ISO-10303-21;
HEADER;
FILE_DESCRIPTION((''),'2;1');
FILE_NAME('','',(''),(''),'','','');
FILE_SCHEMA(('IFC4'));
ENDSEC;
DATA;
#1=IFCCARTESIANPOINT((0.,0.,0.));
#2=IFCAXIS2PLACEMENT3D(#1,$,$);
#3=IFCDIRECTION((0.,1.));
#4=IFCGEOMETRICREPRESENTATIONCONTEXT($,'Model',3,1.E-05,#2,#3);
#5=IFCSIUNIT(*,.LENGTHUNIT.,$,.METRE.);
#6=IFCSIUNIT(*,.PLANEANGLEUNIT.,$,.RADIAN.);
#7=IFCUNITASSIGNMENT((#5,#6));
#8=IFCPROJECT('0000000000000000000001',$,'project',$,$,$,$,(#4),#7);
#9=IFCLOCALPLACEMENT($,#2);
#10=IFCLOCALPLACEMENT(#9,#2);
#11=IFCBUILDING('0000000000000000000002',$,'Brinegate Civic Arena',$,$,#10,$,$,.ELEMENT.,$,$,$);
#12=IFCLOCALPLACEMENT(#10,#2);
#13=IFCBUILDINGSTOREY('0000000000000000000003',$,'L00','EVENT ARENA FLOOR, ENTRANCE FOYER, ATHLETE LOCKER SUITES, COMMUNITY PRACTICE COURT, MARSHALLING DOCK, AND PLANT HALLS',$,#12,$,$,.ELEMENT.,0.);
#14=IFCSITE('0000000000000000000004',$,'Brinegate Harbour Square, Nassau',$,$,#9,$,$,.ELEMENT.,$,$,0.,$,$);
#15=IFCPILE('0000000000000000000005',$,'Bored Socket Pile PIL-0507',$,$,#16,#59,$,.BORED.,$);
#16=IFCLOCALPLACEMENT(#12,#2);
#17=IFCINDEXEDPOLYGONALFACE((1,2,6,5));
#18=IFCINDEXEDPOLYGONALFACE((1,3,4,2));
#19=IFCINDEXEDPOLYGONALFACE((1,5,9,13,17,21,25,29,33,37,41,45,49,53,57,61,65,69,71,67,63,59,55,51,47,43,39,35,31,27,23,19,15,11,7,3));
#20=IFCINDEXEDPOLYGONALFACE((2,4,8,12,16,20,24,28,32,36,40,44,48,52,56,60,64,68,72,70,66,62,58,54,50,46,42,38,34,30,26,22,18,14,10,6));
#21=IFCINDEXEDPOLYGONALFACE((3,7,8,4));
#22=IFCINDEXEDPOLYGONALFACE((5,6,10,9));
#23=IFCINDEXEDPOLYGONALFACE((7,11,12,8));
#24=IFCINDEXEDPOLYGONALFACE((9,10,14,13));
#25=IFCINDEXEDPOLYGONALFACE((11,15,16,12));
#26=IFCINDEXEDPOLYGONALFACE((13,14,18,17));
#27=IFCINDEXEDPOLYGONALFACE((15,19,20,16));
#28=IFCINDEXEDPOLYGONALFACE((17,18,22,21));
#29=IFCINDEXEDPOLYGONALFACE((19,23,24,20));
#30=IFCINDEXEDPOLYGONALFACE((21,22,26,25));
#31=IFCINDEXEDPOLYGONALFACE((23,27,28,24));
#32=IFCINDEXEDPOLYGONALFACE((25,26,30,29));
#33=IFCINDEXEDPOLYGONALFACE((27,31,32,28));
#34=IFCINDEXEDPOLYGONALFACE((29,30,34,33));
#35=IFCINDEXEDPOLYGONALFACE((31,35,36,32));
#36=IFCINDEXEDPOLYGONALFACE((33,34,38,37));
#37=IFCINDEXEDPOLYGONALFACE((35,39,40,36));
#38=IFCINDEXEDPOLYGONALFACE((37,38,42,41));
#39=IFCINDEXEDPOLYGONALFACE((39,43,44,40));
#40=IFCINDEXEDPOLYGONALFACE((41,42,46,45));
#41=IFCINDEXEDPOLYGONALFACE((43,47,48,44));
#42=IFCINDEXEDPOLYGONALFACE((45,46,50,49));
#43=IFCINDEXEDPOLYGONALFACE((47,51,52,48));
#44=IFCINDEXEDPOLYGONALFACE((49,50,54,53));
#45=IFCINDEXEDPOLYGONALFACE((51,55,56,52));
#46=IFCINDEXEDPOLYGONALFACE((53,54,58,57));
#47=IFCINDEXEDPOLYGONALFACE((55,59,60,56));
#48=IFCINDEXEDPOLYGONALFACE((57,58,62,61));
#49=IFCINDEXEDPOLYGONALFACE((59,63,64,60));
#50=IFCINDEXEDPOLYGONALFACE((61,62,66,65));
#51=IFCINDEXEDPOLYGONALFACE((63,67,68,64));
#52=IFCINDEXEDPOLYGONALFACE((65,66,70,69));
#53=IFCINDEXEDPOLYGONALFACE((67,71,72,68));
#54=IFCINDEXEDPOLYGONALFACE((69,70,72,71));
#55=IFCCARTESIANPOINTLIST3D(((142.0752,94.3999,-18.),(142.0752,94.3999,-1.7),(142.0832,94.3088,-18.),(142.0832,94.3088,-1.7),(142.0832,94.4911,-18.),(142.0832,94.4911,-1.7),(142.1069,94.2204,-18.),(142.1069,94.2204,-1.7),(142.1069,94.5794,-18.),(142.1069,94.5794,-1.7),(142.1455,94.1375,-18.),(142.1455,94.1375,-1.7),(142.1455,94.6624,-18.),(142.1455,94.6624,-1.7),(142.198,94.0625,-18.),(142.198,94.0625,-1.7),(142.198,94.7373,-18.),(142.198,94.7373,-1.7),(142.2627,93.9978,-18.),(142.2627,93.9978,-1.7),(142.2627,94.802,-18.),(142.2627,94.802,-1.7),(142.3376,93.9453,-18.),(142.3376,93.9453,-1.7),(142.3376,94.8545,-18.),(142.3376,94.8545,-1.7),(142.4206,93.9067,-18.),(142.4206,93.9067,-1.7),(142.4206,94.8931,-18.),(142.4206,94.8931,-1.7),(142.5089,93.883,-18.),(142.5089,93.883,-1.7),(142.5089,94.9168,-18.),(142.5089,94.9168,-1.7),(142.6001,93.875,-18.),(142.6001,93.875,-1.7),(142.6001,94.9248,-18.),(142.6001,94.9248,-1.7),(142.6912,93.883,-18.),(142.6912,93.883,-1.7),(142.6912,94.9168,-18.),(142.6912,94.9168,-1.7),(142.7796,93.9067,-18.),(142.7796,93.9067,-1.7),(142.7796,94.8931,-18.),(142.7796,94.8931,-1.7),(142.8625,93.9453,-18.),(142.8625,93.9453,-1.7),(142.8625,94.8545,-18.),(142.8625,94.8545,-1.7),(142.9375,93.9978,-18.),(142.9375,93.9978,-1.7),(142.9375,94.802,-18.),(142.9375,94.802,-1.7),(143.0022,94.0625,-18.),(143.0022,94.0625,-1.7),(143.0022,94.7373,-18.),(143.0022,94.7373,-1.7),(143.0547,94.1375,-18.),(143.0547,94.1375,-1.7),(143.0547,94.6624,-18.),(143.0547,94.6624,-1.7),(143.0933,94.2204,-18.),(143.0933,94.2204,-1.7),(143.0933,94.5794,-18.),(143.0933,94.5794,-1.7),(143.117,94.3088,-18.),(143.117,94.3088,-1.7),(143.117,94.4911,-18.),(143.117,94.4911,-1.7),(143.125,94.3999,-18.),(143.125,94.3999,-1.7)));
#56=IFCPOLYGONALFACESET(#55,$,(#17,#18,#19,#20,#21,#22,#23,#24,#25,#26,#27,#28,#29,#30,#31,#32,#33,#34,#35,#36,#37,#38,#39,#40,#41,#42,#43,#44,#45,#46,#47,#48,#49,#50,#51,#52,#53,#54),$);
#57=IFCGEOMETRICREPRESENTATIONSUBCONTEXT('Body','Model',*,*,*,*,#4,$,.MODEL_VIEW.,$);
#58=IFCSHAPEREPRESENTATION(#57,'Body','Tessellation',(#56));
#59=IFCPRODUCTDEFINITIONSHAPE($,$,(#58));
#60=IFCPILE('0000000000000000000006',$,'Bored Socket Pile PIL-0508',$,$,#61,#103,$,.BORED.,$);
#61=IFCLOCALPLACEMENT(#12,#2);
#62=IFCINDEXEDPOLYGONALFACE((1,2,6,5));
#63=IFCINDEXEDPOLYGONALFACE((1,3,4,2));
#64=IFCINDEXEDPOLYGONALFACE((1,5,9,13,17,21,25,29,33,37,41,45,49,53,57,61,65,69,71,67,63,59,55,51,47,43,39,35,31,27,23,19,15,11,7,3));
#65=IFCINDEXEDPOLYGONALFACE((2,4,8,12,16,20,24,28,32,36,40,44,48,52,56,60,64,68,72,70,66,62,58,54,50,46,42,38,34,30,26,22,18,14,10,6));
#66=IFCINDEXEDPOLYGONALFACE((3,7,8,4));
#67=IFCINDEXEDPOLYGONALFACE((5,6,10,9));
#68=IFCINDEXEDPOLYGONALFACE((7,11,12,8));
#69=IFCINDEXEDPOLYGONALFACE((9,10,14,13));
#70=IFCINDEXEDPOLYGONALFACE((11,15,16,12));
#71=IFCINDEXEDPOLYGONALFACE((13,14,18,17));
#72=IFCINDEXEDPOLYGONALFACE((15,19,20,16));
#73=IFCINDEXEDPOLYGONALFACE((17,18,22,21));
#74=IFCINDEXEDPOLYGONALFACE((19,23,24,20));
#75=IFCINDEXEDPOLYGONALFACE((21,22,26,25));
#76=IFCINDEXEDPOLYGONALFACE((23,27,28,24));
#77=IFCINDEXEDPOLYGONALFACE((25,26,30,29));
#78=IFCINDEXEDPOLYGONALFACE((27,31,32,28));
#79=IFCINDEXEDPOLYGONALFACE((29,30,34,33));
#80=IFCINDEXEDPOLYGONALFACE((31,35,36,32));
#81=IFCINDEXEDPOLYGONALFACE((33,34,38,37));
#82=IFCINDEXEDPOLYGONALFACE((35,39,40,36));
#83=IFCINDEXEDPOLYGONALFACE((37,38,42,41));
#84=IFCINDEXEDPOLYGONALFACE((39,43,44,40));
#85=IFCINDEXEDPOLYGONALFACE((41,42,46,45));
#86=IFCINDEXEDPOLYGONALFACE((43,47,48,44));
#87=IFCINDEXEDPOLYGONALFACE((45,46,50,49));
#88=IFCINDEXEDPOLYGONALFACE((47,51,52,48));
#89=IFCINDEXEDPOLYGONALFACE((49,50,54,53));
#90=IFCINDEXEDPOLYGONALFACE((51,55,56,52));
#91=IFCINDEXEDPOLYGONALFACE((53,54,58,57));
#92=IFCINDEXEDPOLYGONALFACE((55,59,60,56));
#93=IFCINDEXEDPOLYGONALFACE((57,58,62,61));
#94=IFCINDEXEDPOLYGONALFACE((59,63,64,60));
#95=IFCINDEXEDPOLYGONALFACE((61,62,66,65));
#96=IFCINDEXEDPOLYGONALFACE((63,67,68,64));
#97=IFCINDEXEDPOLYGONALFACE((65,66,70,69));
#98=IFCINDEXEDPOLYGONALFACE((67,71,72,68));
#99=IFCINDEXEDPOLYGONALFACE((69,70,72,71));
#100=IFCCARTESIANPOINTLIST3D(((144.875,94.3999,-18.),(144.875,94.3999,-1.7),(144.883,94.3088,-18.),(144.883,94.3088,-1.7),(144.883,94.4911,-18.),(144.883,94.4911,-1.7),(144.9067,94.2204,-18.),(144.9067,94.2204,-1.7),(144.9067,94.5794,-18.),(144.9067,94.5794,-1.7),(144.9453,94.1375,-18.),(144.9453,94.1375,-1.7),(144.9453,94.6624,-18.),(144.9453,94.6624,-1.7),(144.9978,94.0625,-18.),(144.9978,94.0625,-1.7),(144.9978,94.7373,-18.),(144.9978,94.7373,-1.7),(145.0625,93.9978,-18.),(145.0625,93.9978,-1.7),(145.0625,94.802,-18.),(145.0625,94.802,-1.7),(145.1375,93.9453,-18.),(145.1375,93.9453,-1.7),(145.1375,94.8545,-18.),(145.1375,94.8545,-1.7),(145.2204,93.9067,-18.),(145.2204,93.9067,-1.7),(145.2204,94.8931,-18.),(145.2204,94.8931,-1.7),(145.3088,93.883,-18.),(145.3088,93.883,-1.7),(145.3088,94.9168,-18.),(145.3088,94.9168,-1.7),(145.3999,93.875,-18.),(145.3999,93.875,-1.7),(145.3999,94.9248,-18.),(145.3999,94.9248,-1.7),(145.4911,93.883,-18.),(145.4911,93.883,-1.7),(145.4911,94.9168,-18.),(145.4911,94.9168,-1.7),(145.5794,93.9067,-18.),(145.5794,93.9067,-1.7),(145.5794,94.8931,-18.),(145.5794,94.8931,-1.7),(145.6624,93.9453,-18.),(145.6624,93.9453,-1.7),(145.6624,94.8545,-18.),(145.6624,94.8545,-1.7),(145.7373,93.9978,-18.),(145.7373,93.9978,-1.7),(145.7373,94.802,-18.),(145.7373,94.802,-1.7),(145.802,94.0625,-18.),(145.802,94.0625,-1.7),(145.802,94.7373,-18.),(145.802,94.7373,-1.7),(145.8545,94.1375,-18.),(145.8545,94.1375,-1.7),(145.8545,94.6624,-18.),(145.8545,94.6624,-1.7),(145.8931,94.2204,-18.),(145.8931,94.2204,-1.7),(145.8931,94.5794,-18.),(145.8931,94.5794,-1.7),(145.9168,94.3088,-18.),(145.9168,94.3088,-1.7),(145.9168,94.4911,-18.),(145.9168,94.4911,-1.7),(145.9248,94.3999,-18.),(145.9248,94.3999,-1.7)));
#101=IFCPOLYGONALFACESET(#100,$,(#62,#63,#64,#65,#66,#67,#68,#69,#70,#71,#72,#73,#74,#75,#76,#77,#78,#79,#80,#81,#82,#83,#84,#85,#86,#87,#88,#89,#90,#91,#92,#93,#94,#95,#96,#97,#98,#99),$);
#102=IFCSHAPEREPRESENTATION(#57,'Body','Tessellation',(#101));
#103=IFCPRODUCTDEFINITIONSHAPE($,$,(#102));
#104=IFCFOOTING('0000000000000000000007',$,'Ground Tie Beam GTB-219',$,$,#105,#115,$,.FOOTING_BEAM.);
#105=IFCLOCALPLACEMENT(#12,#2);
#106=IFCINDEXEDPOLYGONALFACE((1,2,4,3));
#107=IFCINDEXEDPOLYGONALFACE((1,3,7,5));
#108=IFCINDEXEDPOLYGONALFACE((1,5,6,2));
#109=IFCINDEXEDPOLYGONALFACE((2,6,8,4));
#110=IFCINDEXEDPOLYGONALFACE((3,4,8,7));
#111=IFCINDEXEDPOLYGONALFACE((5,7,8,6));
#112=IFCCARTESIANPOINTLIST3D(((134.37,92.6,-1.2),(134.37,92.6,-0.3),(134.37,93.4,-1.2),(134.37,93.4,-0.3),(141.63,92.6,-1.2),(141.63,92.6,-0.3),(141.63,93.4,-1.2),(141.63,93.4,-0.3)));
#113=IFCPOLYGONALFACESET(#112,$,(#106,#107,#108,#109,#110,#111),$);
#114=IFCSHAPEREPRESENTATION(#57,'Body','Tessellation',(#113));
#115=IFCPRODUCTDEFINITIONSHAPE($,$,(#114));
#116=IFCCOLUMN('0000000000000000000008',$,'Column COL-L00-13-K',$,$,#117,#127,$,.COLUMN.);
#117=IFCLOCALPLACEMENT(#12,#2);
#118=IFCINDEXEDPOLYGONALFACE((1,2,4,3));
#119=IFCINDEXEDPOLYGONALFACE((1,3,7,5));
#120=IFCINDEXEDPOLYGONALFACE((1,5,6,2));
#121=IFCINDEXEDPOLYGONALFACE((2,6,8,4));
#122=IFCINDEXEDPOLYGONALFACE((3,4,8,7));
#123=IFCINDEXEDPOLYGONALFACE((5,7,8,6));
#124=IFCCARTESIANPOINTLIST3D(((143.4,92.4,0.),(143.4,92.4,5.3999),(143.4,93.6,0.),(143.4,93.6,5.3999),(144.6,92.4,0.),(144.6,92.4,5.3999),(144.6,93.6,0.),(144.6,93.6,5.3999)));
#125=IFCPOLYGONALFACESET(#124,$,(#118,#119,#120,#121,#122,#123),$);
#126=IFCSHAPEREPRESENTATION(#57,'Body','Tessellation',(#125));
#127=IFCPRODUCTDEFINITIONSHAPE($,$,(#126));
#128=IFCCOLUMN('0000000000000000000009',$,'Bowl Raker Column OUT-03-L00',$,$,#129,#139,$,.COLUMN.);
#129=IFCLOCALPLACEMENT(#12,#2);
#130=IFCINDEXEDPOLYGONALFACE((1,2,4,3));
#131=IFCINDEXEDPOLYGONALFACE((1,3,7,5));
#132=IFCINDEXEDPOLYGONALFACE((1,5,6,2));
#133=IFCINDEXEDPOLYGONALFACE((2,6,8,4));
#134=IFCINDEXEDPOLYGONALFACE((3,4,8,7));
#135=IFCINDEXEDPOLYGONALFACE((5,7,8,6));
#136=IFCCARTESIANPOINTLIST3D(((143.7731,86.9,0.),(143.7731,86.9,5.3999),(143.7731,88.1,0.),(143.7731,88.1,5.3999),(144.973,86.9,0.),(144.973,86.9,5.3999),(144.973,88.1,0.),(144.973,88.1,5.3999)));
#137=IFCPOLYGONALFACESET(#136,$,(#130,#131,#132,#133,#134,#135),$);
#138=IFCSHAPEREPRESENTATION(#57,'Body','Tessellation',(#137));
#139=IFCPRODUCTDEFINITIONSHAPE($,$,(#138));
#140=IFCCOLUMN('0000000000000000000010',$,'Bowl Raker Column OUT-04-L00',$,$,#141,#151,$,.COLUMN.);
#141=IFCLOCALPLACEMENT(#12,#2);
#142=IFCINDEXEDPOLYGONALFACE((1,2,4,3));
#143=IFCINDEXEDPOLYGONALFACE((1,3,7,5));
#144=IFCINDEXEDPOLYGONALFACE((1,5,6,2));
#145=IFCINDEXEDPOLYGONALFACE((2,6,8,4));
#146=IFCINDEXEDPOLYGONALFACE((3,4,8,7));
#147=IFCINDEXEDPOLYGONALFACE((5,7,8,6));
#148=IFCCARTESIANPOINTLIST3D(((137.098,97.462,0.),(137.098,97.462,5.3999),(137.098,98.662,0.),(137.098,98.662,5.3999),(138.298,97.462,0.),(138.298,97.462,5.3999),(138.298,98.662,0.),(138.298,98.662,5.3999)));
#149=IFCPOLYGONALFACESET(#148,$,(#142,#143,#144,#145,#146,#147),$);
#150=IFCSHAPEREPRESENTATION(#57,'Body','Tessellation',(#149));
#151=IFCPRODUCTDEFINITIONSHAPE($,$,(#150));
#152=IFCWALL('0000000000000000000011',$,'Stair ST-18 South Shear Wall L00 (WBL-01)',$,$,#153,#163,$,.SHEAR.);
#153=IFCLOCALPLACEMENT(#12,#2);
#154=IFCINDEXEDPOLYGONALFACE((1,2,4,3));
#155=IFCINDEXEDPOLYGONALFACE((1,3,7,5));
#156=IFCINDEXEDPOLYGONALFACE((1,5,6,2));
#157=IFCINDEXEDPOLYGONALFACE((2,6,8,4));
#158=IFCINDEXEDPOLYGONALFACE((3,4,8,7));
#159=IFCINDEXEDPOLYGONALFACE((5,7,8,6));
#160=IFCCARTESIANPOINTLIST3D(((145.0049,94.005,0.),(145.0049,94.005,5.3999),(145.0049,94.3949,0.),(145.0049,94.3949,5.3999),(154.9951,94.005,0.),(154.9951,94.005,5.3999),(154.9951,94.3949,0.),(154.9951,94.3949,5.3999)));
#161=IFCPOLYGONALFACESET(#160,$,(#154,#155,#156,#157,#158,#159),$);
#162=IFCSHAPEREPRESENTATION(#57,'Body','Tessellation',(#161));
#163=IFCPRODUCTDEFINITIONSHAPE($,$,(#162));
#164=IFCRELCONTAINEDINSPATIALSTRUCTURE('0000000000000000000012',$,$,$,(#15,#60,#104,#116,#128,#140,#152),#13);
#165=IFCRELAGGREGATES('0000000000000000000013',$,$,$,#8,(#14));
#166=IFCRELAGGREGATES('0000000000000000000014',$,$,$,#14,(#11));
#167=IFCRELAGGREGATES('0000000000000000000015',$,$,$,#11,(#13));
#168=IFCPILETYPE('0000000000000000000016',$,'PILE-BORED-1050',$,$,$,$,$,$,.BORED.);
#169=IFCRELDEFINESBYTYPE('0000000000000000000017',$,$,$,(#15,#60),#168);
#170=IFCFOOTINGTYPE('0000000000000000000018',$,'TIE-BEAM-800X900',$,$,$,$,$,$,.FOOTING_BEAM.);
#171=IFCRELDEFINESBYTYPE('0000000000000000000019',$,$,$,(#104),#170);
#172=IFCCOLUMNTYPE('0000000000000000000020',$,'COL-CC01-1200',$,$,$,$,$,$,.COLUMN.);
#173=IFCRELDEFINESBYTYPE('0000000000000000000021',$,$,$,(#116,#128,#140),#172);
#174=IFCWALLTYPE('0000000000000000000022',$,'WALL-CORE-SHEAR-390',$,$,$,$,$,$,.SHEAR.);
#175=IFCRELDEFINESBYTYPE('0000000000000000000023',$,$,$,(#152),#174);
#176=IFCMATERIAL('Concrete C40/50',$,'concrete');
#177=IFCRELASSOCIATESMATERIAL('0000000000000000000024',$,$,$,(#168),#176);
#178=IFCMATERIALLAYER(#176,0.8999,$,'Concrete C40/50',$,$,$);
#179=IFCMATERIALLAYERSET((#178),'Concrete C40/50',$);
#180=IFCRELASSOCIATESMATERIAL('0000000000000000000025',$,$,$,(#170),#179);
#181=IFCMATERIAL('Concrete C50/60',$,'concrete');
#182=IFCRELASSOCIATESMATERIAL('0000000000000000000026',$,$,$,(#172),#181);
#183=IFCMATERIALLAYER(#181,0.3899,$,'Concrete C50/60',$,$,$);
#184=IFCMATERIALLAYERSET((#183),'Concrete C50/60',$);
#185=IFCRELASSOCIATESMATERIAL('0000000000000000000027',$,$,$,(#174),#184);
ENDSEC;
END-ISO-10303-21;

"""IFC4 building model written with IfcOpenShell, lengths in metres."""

from ifc_helpers import new_model, si_unit, direction, frame, frame_2d, origin, origin_2d, place, context, subcontext, project, spatial, rectangle, circle, extrude, material, layer, layer_set, material_profile, profile_set, type_object, element, save


model = new_model("IFC4")

# Units and contexts
model_context = context("Model", 3, precision=1e-05, world=origin(), true_north=direction((0.0, 1.0)))
body_context = subcontext(model_context, "Body", "Model", "MODEL_VIEW")
ifc_project = project(units=[si_unit("LENGTHUNIT", "METRE"), si_unit("PLANEANGLEUNIT", "RADIAN")], contexts=[model_context])

# Site, building, storey
site_placement = place(None, origin())
site = spatial("IfcSite", under=ifc_project, at=site_placement, Name="Brinegate Harbour Square, Nassau", CompositionType="ELEMENT", RefElevation=0.0)
building_placement = place(site_placement, origin())
building = spatial("IfcBuilding", under=site, at=building_placement, Name="Brinegate Civic Arena", CompositionType="ELEMENT")
storey_placement = place(building_placement, origin())
storey = spatial("IfcBuildingStorey", under=building, at=storey_placement, Name="L00", Description="EVENT ARENA FLOOR, ENTRANCE FOYER, ATHLETE LOCKER SUITES, COMMUNITY PRACTICE COURT, MARSHALLING DOCK, AND PLANT HALLS", CompositionType="ELEMENT", Elevation=0.0)

# Shared definitions
ifc_material_1 = material(Name="Concrete C40/50", Category="concrete")

# Piles
ifc_material_profile_1 = material_profile(ifc_material_1, circle(Radius=0.5249, at=origin_2d()), Name="PILED1050")
ifc_profile_set_1 = profile_set([ifc_material_profile_1], Name="Concrete C40/50")
pile_type = type_object("IfcPileType", Name="PILE-BORED-1050", PredefinedType="BORED", material=ifc_profile_set_1)
for number, where, z_axis, x_axis, name in (
    (1, (142.6001, 94.3999, -1.7), (0.0, 0.0, -1.0), (1.0, 0.0, 0.0), "Bored Socket Pile PIL-0507"),
    (2, (145.3999, 94.3999, -1.7), (0.0, 0.0, -1.0), (1.0, 0.0, 0.0), "Bored Socket Pile PIL-0508"),
):
    element("IfcPile", number, at=place(storey_placement, frame(where, z_axis=z_axis, x_axis=x_axis)), inside=storey, type_object=pile_type, Name=name, PredefinedType="BORED", context=body_context, shape_type="SweptSolid", body=[
        extrude(circle(Radius=0.5249, at=origin_2d()), origin(), (0.0, 0.0, 1.0), 16.3),
    ])

# Footing
ifc_layer_1 = layer(ifc_material_1, 0.8999, Name="Concrete C40/50")
ifc_layer_set_1 = layer_set([ifc_layer_1], Name="Concrete C40/50")
footing_type_1 = type_object("IfcFootingType", Name="TIE-BEAM-800X900", PredefinedType="FOOTING_BEAM", material=ifc_layer_set_1)
footing_1_placement = place(storey_placement, frame((138.0, 93.0, -1.2), z_axis=(0.0, 0.0, 1.0), x_axis=(1.0, 0.0, 0.0)))
element("IfcFooting", 3, at=footing_1_placement, inside=storey, type_object=footing_type_1, Name="Ground Tie Beam GTB-219", PredefinedType="FOOTING_BEAM", context=body_context, shape_type="SweptSolid", body=[
    extrude(rectangle(XDim=7.26, YDim=0.8, at=origin_2d()), origin(), (0.0, 0.0, 1.0), 0.8999),
])

# Columns
ifc_material_2 = material(Name="Concrete C50/60", Category="concrete")
ifc_material_profile_2 = material_profile(ifc_material_2, rectangle(XDim=1.2, YDim=1.2, at=origin_2d()), Name="RC1200X1200")
ifc_profile_set_2 = profile_set([ifc_material_profile_2], Name="Concrete C50/60")
column_type = type_object("IfcColumnType", Name="COL-CC01-1200", PredefinedType="COLUMN", material=ifc_profile_set_2)
for number, where, z_axis, x_axis, name in (
    (4, (144.0, 93.0, 0.0), (0.0, 0.0, 1.0), (1.0, 0.0, 0.0), "Column COL-L00-13-K"),
    (5, (144.373, 87.5, 0.0), (0.0, 0.0, 1.0), (1.0, 0.0, 0.0), "Bowl Raker Column OUT-03-L00"),
    (6, (137.698, 98.062, 0.0), (0.0, 0.0, 1.0), (1.0, 0.0, 0.0), "Bowl Raker Column OUT-04-L00"),
):
    element("IfcColumn", number, at=place(storey_placement, frame(where, z_axis=z_axis, x_axis=x_axis)), inside=storey, type_object=column_type, Name=name, PredefinedType="COLUMN", context=body_context, shape_type="SweptSolid", body=[
        extrude(rectangle(XDim=1.2, YDim=1.2, at=origin_2d()), origin(), (0.0, 0.0, 1.0), 5.3999),
    ])

# Wall
ifc_layer_2 = layer(ifc_material_2, 0.3899, Name="Concrete C50/60")
ifc_layer_set_2 = layer_set([ifc_layer_2], Name="Concrete C50/60")
wall_type_1 = type_object("IfcWallType", Name="WALL-CORE-SHEAR-390", PredefinedType="SHEAR", material=ifc_layer_set_2)
wall_1_placement = place(storey_placement, frame((145.0049, 94.2, 0.0), z_axis=(0.0, 0.0, 1.0), x_axis=(1.0, 0.0, 0.0)))
element("IfcWall", 7, at=wall_1_placement, inside=storey, type_object=wall_type_1, Name="Stair ST-18 South Shear Wall L00 (WBL-01)", PredefinedType="SHEAR", context=body_context, shape_type="SweptSolid", body=[
    extrude(rectangle(XDim=9.9902, YDim=0.3899, at=frame_2d((4.9951, 0.0))), origin(), (0.0, 0.0, 1.0), 5.3999),
])

save(model, "model.ifc")
